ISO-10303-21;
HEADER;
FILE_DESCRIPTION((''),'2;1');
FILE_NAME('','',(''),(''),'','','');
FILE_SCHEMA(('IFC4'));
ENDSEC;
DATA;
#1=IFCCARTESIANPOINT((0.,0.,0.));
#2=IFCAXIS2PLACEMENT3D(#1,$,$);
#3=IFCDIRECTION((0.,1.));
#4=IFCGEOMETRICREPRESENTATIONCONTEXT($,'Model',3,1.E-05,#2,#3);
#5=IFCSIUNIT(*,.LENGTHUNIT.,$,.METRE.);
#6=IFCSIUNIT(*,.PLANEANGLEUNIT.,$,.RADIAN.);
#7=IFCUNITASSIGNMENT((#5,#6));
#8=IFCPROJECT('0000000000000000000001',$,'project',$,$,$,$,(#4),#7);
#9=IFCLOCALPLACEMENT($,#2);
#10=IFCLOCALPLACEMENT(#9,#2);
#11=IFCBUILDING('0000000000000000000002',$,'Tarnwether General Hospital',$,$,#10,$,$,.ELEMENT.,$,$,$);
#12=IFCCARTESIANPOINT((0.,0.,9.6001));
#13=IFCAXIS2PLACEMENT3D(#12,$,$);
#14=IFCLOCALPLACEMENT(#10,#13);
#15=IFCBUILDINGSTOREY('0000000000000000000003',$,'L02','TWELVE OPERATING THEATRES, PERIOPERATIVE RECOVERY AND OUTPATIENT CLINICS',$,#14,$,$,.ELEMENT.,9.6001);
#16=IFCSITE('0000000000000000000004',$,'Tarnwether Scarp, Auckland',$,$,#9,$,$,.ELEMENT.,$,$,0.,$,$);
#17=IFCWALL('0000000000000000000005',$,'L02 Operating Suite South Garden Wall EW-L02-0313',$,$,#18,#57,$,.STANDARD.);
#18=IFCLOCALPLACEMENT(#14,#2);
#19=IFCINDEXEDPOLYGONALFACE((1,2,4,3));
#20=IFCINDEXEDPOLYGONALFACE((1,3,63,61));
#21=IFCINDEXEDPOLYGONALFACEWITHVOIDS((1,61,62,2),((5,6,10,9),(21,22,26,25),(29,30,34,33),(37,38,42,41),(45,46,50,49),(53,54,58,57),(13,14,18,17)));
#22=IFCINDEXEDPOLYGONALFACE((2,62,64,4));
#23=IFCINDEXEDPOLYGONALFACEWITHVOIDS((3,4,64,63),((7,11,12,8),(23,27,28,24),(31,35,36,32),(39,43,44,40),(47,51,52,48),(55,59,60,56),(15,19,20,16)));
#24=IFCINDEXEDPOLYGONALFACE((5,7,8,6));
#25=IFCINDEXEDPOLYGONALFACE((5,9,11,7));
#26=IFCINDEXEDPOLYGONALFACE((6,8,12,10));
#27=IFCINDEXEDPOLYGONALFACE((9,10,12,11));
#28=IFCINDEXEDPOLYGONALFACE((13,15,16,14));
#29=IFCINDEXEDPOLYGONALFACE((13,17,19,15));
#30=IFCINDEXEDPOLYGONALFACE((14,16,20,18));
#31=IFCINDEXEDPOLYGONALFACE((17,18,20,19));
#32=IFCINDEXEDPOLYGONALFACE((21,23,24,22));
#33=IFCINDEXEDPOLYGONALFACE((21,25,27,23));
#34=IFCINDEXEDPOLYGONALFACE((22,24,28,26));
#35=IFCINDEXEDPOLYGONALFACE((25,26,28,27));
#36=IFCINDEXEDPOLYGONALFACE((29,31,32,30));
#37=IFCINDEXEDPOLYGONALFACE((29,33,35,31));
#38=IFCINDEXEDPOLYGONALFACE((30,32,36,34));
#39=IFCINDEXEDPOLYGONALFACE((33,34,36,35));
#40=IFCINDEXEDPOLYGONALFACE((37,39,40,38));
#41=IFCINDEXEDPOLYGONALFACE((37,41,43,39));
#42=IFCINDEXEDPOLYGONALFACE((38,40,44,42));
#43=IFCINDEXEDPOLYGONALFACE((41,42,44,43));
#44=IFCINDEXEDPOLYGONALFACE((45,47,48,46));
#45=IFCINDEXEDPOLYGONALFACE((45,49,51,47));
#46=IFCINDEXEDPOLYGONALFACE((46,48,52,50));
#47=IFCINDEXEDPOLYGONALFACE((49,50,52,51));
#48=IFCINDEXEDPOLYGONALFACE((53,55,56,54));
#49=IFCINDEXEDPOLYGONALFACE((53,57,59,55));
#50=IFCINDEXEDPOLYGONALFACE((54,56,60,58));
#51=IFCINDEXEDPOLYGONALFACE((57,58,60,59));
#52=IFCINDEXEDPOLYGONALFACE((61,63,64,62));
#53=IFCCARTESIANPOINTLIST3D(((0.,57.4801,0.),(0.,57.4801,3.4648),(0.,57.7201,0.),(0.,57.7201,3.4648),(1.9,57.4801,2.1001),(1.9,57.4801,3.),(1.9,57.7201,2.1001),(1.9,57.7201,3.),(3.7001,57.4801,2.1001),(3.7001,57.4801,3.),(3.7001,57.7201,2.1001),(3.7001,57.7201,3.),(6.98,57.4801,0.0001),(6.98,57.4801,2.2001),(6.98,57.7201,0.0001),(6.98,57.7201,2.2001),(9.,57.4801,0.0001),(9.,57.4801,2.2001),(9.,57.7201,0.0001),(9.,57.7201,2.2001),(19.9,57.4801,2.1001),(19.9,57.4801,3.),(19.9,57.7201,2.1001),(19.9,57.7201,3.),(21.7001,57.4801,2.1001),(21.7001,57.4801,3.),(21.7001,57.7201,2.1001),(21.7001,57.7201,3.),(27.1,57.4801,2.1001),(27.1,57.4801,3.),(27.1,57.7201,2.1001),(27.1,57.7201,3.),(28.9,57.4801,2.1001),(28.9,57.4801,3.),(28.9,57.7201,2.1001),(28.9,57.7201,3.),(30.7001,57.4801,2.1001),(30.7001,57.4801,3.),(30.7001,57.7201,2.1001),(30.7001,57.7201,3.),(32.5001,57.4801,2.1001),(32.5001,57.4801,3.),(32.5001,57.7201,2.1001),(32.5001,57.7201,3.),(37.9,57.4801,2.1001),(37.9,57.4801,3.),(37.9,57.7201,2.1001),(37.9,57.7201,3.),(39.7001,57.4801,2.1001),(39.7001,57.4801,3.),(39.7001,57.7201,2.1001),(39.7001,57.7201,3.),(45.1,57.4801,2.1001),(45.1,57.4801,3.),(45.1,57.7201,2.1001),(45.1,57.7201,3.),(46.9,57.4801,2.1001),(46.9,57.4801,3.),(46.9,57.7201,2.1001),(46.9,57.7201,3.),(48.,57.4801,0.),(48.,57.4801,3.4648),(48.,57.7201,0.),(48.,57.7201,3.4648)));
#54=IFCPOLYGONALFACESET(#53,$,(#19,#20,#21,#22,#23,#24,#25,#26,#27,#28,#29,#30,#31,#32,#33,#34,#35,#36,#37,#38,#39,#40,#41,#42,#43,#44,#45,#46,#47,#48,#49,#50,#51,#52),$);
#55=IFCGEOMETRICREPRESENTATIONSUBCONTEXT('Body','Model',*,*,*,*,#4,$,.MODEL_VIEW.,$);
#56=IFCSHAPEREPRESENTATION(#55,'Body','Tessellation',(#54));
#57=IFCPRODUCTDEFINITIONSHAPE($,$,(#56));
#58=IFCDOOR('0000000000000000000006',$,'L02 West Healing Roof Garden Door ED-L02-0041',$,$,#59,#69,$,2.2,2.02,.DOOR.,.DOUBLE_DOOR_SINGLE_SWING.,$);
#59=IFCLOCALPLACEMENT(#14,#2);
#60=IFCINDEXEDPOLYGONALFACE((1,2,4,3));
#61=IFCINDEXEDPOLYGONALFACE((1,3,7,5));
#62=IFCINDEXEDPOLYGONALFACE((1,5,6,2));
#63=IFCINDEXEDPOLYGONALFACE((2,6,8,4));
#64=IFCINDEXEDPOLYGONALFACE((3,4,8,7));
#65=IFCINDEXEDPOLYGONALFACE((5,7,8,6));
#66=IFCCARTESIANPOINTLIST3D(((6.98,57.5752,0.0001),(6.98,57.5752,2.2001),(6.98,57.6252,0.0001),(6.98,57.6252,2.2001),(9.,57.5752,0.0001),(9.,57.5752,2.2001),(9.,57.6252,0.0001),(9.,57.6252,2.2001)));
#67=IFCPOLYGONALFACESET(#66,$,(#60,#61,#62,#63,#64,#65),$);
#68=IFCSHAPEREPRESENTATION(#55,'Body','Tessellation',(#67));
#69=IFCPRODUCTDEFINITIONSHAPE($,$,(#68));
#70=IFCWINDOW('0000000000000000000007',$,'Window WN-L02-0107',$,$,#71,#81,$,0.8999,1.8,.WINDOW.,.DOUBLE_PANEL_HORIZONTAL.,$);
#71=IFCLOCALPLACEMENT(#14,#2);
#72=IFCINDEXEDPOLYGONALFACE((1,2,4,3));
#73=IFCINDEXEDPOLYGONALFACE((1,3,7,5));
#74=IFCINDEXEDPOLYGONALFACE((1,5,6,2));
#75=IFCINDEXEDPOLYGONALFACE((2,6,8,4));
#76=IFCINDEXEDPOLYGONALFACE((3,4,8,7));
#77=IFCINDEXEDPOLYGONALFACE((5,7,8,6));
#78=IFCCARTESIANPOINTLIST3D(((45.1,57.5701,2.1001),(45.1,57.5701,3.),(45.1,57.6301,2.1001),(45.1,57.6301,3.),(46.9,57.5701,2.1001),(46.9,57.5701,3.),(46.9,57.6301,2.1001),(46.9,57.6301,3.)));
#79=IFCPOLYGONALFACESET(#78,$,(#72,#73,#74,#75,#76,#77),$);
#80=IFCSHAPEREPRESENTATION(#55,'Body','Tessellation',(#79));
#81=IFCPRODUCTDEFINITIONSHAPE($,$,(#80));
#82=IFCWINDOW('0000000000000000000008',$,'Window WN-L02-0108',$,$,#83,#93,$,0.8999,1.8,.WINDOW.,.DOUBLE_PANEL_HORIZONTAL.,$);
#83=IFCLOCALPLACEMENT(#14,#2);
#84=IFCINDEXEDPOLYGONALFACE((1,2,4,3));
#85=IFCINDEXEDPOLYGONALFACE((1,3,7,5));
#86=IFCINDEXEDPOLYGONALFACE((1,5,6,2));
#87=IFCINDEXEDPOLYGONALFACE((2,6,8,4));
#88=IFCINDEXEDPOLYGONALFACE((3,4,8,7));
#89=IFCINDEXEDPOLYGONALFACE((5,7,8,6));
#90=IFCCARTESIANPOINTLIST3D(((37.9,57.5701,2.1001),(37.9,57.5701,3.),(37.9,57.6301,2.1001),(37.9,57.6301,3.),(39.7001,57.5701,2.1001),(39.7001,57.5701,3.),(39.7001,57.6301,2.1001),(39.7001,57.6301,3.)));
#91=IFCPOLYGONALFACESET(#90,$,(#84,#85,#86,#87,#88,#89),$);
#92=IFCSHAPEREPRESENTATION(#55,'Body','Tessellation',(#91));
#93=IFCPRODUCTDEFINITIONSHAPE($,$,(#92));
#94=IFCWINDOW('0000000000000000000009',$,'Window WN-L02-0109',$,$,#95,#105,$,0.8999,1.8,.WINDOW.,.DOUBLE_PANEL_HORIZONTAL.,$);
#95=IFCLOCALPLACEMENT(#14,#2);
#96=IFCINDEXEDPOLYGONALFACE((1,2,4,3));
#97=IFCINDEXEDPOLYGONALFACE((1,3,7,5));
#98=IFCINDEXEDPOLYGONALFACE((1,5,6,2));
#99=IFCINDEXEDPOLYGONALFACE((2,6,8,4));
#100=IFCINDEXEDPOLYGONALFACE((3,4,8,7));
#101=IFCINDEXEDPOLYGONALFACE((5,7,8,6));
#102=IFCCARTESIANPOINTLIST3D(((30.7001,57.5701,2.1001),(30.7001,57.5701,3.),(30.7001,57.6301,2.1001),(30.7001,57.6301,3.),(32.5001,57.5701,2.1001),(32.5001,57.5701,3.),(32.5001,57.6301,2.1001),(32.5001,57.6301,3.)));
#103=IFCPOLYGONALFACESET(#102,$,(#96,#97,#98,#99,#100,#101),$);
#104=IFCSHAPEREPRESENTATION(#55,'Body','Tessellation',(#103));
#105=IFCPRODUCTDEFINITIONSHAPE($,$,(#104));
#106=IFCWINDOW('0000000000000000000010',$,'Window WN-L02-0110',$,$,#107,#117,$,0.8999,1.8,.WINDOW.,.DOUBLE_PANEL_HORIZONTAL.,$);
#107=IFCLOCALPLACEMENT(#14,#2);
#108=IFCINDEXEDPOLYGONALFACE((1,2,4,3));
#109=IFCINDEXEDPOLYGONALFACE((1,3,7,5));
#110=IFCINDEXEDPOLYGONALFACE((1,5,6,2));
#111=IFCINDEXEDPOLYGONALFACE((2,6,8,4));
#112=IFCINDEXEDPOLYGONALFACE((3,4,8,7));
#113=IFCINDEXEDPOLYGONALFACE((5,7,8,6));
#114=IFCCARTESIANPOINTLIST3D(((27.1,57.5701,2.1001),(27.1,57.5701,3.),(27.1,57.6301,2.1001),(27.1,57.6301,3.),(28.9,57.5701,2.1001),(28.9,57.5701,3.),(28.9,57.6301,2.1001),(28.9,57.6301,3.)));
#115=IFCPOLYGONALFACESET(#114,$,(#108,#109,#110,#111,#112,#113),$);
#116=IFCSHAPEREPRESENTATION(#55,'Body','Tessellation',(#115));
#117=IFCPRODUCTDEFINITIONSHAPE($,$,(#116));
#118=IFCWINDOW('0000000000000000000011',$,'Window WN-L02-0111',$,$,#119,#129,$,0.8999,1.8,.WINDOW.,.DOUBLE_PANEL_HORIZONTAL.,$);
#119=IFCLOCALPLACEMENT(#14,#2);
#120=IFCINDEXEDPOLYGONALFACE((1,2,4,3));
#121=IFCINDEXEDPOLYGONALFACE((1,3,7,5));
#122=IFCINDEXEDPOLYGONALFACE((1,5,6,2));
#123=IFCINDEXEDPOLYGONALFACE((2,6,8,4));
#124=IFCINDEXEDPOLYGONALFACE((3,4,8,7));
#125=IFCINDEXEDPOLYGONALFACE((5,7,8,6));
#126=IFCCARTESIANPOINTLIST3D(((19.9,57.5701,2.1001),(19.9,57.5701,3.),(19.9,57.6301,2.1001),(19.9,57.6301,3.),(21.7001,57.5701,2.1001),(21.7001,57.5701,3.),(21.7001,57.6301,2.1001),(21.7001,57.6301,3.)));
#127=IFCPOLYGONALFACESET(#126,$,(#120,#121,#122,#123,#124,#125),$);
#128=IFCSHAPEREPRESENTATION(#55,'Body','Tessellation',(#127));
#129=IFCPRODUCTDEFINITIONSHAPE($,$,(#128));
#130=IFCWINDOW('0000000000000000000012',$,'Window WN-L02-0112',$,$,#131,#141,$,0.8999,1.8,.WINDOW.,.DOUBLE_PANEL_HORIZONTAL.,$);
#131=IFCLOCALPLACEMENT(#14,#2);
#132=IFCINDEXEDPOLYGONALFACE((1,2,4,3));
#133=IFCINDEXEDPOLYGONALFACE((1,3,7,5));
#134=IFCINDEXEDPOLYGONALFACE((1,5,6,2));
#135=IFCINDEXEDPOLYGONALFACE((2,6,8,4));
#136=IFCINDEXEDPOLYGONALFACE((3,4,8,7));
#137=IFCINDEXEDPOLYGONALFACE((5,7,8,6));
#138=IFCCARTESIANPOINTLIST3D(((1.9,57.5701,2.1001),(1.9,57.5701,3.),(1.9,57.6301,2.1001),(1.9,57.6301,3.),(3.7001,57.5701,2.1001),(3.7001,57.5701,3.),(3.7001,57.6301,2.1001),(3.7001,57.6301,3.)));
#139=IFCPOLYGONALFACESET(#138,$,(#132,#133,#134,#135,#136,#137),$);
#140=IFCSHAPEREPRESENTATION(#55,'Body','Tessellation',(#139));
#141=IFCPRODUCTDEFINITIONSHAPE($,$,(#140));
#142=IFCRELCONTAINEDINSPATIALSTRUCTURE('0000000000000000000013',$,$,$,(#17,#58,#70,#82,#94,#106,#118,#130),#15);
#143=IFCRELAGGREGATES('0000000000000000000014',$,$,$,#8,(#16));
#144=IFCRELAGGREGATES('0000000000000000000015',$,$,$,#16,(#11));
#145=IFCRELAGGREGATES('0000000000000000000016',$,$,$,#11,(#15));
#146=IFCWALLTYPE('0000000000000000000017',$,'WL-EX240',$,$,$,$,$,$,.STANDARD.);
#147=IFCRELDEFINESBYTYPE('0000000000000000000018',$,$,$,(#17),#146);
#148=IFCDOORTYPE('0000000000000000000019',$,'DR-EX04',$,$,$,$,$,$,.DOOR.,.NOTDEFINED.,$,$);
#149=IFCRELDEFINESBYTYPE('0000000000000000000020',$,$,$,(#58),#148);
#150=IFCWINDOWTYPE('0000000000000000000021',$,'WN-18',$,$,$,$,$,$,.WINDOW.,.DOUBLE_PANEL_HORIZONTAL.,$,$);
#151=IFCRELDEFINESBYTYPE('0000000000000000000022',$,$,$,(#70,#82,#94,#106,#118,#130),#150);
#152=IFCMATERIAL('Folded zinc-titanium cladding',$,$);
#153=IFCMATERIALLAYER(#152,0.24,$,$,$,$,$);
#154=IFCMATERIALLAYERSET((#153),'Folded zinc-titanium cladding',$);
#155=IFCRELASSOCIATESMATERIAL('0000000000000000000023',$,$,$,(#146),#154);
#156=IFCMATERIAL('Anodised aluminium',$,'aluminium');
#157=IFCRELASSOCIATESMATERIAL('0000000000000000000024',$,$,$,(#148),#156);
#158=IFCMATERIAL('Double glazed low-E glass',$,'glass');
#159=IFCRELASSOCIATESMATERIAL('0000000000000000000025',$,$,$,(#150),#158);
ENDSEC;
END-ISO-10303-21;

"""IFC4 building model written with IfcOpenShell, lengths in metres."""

from ifc_helpers import new_model, si_unit, direction, frame, frame_2d, origin, place, context, subcontext, project, spatial, rectangle, extrude, material, layer, layer_set, type_object, element, fill, save


model = new_model("IFC4")

# Units and contexts
model_context = context("Model", 3, precision=1e-05, world=origin(), true_north=direction((0.0, 1.0)))
body_context = subcontext(model_context, "Body", "Model", "MODEL_VIEW")
ifc_project = project(units=[si_unit("LENGTHUNIT", "METRE"), si_unit("PLANEANGLEUNIT", "RADIAN")], contexts=[model_context])

# Site, building, storey
site_placement = place(None, origin())
site = spatial("IfcSite", under=ifc_project, at=site_placement, Name="Tarnwether Scarp, Auckland", CompositionType="ELEMENT", RefElevation=0.0)
building_placement = place(site_placement, origin())
building = spatial("IfcBuilding", under=site, at=building_placement, Name="Tarnwether General Hospital", CompositionType="ELEMENT")
storey_placement = place(building_placement, frame((0.0, 0.0, 9.6001)))
storey = spatial("IfcBuildingStorey", under=building, at=storey_placement, Name="L02", Description="TWELVE OPERATING THEATRES, PERIOPERATIVE RECOVERY AND OUTPATIENT CLINICS", CompositionType="ELEMENT", Elevation=9.6001)

# Wall, openings, door, windows
ifc_material_1 = material(Name="Folded zinc-titanium cladding")
ifc_layer_1 = layer(ifc_material_1, 0.24)
ifc_layer_set_1 = layer_set([ifc_layer_1], Name="Folded zinc-titanium cladding")
wall_type = type_object("IfcWallType", Name="WL-EX240", PredefinedType="STANDARD", material=ifc_layer_set_1)
wall_placement = place(storey_placement, frame((48.0, 57.6001, 0.0), z_axis=(0.0, 0.0, 1.0), x_axis=(-1.0, 0.0, 0.0)))
wall = element("IfcWall", 1, at=wall_placement, inside=storey, type_object=wall_type, Name="L02 Operating Suite South Garden Wall EW-L02-0313", PredefinedType="STANDARD", context=body_context, shape_type="SweptSolid", body=[
    extrude(rectangle(XDim=48.0, YDim=0.24, at=frame_2d((24.0, 0.0))), origin(), (0.0, 0.0, 1.0), 3.4648),
])
opening_1_placement = place(wall_placement, frame((39.0, 0.0, 0.0)))
opening_1 = element("IfcOpeningElement", 2, at=opening_1_placement, cuts=wall, PredefinedType="OPENING", context=body_context, shape_type="SweptSolid", body=[
    extrude(rectangle(XDim=2.02, YDim=2.2, at=frame_2d((1.01, 1.1001))), frame((0.0, 0.1299, 0.0), z_axis=(0.0, -1.0, 0.0), x_axis=(1.0, 0.0, 0.0)), (0.0, 0.0, 1.0), 0.26),
])
opening_2_placement = place(wall_placement, frame((1.1001, 0.0, 2.1001)))
opening_2 = element("IfcOpeningElement", 3, at=opening_2_placement, cuts=wall, PredefinedType="OPENING", context=body_context, shape_type="SweptSolid", body=[
    extrude(rectangle(XDim=1.8, YDim=0.8999, at=frame_2d((0.8999, 0.45))), frame((0.0, 0.1299, 0.0), z_axis=(0.0, -1.0, 0.0), x_axis=(1.0, 0.0, 0.0)), (0.0, 0.0, 1.0), 0.26),
])
opening_3_placement = place(wall_placement, frame((8.3, 0.0, 2.1001)))
opening_3 = element("IfcOpeningElement", 4, at=opening_3_placement, cuts=wall, PredefinedType="OPENING", context=body_context, shape_type="SweptSolid", body=[
    extrude(rectangle(XDim=1.8, YDim=0.8999, at=frame_2d((0.8999, 0.45))), frame((0.0, 0.1299, 0.0), z_axis=(0.0, -1.0, 0.0), x_axis=(1.0, 0.0, 0.0)), (0.0, 0.0, 1.0), 0.26),
])
opening_4_placement = place(wall_placement, frame((15.5, 0.0, 2.1001)))
opening_4 = element("IfcOpeningElement", 5, at=opening_4_placement, cuts=wall, PredefinedType="OPENING", context=body_context, shape_type="SweptSolid", body=[
    extrude(rectangle(XDim=1.8, YDim=0.8999, at=frame_2d((0.8999, 0.45))), frame((0.0, 0.1299, 0.0), z_axis=(0.0, -1.0, 0.0), x_axis=(1.0, 0.0, 0.0)), (0.0, 0.0, 1.0), 0.26),
])
opening_5_placement = place(wall_placement, frame((19.1001, 0.0, 2.1001)))
opening_5 = element("IfcOpeningElement", 6, at=opening_5_placement, cuts=wall, PredefinedType="OPENING", context=body_context, shape_type="SweptSolid", body=[
    extrude(rectangle(XDim=1.8, YDim=0.8999, at=frame_2d((0.8999, 0.45))), frame((0.0, 0.1299, 0.0), z_axis=(0.0, -1.0, 0.0), x_axis=(1.0, 0.0, 0.0)), (0.0, 0.0, 1.0), 0.26),
])
opening_6_placement = place(wall_placement, frame((26.3, 0.0, 2.1001)))
opening_6 = element("IfcOpeningElement", 7, at=opening_6_placement, cuts=wall, PredefinedType="OPENING", context=body_context, shape_type="SweptSolid", body=[
    extrude(rectangle(XDim=1.8, YDim=0.8999, at=frame_2d((0.8999, 0.45))), frame((0.0, 0.1299, 0.0), z_axis=(0.0, -1.0, 0.0), x_axis=(1.0, 0.0, 0.0)), (0.0, 0.0, 1.0), 0.26),
])
opening_7_placement = place(wall_placement, frame((44.3, 0.0, 2.1001)))
opening_7 = element("IfcOpeningElement", 8, at=opening_7_placement, cuts=wall, PredefinedType="OPENING", context=body_context, shape_type="SweptSolid", body=[
    extrude(rectangle(XDim=1.8, YDim=0.8999, at=frame_2d((0.8999, 0.45))), frame((0.0, 0.1299, 0.0), z_axis=(0.0, -1.0, 0.0), x_axis=(1.0, 0.0, 0.0)), (0.0, 0.0, 1.0), 0.26),
])
ifc_material_2 = material(Name="Anodised aluminium", Category="aluminium")
door_type = type_object("IfcDoorType", Name="DR-EX04", OperationType="NOTDEFINED", PredefinedType="DOOR", material=ifc_material_2)
door_placement = place(opening_1_placement, origin())
door = element("IfcDoor", 9, at=door_placement, inside=storey, type_object=door_type, Name="L02 West Healing Roof Garden Door ED-L02-0041", OperationType="DOUBLE_DOOR_SINGLE_SWING", OverallHeight=2.2, OverallWidth=2.02, PredefinedType="DOOR", context=body_context, shape_type="SweptSolid", body=[
    extrude(rectangle(XDim=2.02, YDim=2.2, at=frame_2d((1.01, 1.1001))), frame((0.0, 0.0249, 0.0), z_axis=(0.0, -1.0, 0.0), x_axis=(1.0, 0.0, 0.0)), (0.0, 0.0, 1.0), 0.05),
])
fill(opening_1, door)
ifc_material_3 = material(Name="Double glazed low-E glass", Category="glass")
window_type = type_object("IfcWindowType", Name="WN-18", PartitioningType="DOUBLE_PANEL_HORIZONTAL", PredefinedType="WINDOW", material=ifc_material_3)
window_1_placement = place(opening_2_placement, origin())
window_1 = element("IfcWindow", 10, at=window_1_placement, inside=storey, type_object=window_type, Name="Window WN-L02-0107", OverallHeight=0.8999, OverallWidth=1.8, PartitioningType="DOUBLE_PANEL_HORIZONTAL", PredefinedType="WINDOW", context=body_context, shape_type="SweptSolid", body=[
    extrude(rectangle(XDim=1.8, YDim=0.8999, at=frame_2d((0.8999, 0.45))), frame((0.0, 0.03, 0.0), z_axis=(0.0, -1.0, 0.0), x_axis=(1.0, 0.0, 0.0)), (0.0, 0.0, 1.0), 0.0601),
])
fill(opening_2, window_1)
window_2_placement = place(opening_3_placement, origin())
window_2 = element("IfcWindow", 11, at=window_2_placement, inside=storey, type_object=window_type, Name="Window WN-L02-0108", OverallHeight=0.8999, OverallWidth=1.8, PartitioningType="DOUBLE_PANEL_HORIZONTAL", PredefinedType="WINDOW", context=body_context, shape_type="SweptSolid", body=[
    extrude(rectangle(XDim=1.8, YDim=0.8999, at=frame_2d((0.8999, 0.45))), frame((0.0, 0.03, 0.0), z_axis=(0.0, -1.0, 0.0), x_axis=(1.0, 0.0, 0.0)), (0.0, 0.0, 1.0), 0.0601),
])
fill(opening_3, window_2)
window_3_placement = place(opening_4_placement, origin())
window_3 = element("IfcWindow", 12, at=window_3_placement, inside=storey, type_object=window_type, Name="Window WN-L02-0109", OverallHeight=0.8999, OverallWidth=1.8, PartitioningType="DOUBLE_PANEL_HORIZONTAL", PredefinedType="WINDOW", context=body_context, shape_type="SweptSolid", body=[
    extrude(rectangle(XDim=1.8, YDim=0.8999, at=frame_2d((0.8999, 0.45))), frame((0.0, 0.03, 0.0), z_axis=(0.0, -1.0, 0.0), x_axis=(1.0, 0.0, 0.0)), (0.0, 0.0, 1.0), 0.0601),
])
fill(opening_4, window_3)
window_4_placement = place(opening_5_placement, origin())
window_4 = element("IfcWindow", 13, at=window_4_placement, inside=storey, type_object=window_type, Name="Window WN-L02-0110", OverallHeight=0.8999, OverallWidth=1.8, PartitioningType="DOUBLE_PANEL_HORIZONTAL", PredefinedType="WINDOW", context=body_context, shape_type="SweptSolid", body=[
    extrude(rectangle(XDim=1.8, YDim=0.8999, at=frame_2d((0.8999, 0.45))), frame((0.0, 0.03, 0.0), z_axis=(0.0, -1.0, 0.0), x_axis=(1.0, 0.0, 0.0)), (0.0, 0.0, 1.0), 0.0601),
])
fill(opening_5, window_4)
window_5_placement = place(opening_6_placement, origin())
window_5 = element("IfcWindow", 14, at=window_5_placement, inside=storey, type_object=window_type, Name="Window WN-L02-0111", OverallHeight=0.8999, OverallWidth=1.8, PartitioningType="DOUBLE_PANEL_HORIZONTAL", PredefinedType="WINDOW", context=body_context, shape_type="SweptSolid", body=[
    extrude(rectangle(XDim=1.8, YDim=0.8999, at=frame_2d((0.8999, 0.45))), frame((0.0, 0.03, 0.0), z_axis=(0.0, -1.0, 0.0), x_axis=(1.0, 0.0, 0.0)), (0.0, 0.0, 1.0), 0.0601),
])
fill(opening_6, window_5)
window_6_placement = place(opening_7_placement, origin())
window_6 = element("IfcWindow", 15, at=window_6_placement, inside=storey, type_object=window_type, Name="Window WN-L02-0112", OverallHeight=0.8999, OverallWidth=1.8, PartitioningType="DOUBLE_PANEL_HORIZONTAL", PredefinedType="WINDOW", context=body_context, shape_type="SweptSolid", body=[
    extrude(rectangle(XDim=1.8, YDim=0.8999, at=frame_2d((0.8999, 0.45))), frame((0.0, 0.03, 0.0), z_axis=(0.0, -1.0, 0.0), x_axis=(1.0, 0.0, 0.0)), (0.0, 0.0, 1.0), 0.0601),
])
fill(opening_7, window_6)

save(model, "model.ifc")
